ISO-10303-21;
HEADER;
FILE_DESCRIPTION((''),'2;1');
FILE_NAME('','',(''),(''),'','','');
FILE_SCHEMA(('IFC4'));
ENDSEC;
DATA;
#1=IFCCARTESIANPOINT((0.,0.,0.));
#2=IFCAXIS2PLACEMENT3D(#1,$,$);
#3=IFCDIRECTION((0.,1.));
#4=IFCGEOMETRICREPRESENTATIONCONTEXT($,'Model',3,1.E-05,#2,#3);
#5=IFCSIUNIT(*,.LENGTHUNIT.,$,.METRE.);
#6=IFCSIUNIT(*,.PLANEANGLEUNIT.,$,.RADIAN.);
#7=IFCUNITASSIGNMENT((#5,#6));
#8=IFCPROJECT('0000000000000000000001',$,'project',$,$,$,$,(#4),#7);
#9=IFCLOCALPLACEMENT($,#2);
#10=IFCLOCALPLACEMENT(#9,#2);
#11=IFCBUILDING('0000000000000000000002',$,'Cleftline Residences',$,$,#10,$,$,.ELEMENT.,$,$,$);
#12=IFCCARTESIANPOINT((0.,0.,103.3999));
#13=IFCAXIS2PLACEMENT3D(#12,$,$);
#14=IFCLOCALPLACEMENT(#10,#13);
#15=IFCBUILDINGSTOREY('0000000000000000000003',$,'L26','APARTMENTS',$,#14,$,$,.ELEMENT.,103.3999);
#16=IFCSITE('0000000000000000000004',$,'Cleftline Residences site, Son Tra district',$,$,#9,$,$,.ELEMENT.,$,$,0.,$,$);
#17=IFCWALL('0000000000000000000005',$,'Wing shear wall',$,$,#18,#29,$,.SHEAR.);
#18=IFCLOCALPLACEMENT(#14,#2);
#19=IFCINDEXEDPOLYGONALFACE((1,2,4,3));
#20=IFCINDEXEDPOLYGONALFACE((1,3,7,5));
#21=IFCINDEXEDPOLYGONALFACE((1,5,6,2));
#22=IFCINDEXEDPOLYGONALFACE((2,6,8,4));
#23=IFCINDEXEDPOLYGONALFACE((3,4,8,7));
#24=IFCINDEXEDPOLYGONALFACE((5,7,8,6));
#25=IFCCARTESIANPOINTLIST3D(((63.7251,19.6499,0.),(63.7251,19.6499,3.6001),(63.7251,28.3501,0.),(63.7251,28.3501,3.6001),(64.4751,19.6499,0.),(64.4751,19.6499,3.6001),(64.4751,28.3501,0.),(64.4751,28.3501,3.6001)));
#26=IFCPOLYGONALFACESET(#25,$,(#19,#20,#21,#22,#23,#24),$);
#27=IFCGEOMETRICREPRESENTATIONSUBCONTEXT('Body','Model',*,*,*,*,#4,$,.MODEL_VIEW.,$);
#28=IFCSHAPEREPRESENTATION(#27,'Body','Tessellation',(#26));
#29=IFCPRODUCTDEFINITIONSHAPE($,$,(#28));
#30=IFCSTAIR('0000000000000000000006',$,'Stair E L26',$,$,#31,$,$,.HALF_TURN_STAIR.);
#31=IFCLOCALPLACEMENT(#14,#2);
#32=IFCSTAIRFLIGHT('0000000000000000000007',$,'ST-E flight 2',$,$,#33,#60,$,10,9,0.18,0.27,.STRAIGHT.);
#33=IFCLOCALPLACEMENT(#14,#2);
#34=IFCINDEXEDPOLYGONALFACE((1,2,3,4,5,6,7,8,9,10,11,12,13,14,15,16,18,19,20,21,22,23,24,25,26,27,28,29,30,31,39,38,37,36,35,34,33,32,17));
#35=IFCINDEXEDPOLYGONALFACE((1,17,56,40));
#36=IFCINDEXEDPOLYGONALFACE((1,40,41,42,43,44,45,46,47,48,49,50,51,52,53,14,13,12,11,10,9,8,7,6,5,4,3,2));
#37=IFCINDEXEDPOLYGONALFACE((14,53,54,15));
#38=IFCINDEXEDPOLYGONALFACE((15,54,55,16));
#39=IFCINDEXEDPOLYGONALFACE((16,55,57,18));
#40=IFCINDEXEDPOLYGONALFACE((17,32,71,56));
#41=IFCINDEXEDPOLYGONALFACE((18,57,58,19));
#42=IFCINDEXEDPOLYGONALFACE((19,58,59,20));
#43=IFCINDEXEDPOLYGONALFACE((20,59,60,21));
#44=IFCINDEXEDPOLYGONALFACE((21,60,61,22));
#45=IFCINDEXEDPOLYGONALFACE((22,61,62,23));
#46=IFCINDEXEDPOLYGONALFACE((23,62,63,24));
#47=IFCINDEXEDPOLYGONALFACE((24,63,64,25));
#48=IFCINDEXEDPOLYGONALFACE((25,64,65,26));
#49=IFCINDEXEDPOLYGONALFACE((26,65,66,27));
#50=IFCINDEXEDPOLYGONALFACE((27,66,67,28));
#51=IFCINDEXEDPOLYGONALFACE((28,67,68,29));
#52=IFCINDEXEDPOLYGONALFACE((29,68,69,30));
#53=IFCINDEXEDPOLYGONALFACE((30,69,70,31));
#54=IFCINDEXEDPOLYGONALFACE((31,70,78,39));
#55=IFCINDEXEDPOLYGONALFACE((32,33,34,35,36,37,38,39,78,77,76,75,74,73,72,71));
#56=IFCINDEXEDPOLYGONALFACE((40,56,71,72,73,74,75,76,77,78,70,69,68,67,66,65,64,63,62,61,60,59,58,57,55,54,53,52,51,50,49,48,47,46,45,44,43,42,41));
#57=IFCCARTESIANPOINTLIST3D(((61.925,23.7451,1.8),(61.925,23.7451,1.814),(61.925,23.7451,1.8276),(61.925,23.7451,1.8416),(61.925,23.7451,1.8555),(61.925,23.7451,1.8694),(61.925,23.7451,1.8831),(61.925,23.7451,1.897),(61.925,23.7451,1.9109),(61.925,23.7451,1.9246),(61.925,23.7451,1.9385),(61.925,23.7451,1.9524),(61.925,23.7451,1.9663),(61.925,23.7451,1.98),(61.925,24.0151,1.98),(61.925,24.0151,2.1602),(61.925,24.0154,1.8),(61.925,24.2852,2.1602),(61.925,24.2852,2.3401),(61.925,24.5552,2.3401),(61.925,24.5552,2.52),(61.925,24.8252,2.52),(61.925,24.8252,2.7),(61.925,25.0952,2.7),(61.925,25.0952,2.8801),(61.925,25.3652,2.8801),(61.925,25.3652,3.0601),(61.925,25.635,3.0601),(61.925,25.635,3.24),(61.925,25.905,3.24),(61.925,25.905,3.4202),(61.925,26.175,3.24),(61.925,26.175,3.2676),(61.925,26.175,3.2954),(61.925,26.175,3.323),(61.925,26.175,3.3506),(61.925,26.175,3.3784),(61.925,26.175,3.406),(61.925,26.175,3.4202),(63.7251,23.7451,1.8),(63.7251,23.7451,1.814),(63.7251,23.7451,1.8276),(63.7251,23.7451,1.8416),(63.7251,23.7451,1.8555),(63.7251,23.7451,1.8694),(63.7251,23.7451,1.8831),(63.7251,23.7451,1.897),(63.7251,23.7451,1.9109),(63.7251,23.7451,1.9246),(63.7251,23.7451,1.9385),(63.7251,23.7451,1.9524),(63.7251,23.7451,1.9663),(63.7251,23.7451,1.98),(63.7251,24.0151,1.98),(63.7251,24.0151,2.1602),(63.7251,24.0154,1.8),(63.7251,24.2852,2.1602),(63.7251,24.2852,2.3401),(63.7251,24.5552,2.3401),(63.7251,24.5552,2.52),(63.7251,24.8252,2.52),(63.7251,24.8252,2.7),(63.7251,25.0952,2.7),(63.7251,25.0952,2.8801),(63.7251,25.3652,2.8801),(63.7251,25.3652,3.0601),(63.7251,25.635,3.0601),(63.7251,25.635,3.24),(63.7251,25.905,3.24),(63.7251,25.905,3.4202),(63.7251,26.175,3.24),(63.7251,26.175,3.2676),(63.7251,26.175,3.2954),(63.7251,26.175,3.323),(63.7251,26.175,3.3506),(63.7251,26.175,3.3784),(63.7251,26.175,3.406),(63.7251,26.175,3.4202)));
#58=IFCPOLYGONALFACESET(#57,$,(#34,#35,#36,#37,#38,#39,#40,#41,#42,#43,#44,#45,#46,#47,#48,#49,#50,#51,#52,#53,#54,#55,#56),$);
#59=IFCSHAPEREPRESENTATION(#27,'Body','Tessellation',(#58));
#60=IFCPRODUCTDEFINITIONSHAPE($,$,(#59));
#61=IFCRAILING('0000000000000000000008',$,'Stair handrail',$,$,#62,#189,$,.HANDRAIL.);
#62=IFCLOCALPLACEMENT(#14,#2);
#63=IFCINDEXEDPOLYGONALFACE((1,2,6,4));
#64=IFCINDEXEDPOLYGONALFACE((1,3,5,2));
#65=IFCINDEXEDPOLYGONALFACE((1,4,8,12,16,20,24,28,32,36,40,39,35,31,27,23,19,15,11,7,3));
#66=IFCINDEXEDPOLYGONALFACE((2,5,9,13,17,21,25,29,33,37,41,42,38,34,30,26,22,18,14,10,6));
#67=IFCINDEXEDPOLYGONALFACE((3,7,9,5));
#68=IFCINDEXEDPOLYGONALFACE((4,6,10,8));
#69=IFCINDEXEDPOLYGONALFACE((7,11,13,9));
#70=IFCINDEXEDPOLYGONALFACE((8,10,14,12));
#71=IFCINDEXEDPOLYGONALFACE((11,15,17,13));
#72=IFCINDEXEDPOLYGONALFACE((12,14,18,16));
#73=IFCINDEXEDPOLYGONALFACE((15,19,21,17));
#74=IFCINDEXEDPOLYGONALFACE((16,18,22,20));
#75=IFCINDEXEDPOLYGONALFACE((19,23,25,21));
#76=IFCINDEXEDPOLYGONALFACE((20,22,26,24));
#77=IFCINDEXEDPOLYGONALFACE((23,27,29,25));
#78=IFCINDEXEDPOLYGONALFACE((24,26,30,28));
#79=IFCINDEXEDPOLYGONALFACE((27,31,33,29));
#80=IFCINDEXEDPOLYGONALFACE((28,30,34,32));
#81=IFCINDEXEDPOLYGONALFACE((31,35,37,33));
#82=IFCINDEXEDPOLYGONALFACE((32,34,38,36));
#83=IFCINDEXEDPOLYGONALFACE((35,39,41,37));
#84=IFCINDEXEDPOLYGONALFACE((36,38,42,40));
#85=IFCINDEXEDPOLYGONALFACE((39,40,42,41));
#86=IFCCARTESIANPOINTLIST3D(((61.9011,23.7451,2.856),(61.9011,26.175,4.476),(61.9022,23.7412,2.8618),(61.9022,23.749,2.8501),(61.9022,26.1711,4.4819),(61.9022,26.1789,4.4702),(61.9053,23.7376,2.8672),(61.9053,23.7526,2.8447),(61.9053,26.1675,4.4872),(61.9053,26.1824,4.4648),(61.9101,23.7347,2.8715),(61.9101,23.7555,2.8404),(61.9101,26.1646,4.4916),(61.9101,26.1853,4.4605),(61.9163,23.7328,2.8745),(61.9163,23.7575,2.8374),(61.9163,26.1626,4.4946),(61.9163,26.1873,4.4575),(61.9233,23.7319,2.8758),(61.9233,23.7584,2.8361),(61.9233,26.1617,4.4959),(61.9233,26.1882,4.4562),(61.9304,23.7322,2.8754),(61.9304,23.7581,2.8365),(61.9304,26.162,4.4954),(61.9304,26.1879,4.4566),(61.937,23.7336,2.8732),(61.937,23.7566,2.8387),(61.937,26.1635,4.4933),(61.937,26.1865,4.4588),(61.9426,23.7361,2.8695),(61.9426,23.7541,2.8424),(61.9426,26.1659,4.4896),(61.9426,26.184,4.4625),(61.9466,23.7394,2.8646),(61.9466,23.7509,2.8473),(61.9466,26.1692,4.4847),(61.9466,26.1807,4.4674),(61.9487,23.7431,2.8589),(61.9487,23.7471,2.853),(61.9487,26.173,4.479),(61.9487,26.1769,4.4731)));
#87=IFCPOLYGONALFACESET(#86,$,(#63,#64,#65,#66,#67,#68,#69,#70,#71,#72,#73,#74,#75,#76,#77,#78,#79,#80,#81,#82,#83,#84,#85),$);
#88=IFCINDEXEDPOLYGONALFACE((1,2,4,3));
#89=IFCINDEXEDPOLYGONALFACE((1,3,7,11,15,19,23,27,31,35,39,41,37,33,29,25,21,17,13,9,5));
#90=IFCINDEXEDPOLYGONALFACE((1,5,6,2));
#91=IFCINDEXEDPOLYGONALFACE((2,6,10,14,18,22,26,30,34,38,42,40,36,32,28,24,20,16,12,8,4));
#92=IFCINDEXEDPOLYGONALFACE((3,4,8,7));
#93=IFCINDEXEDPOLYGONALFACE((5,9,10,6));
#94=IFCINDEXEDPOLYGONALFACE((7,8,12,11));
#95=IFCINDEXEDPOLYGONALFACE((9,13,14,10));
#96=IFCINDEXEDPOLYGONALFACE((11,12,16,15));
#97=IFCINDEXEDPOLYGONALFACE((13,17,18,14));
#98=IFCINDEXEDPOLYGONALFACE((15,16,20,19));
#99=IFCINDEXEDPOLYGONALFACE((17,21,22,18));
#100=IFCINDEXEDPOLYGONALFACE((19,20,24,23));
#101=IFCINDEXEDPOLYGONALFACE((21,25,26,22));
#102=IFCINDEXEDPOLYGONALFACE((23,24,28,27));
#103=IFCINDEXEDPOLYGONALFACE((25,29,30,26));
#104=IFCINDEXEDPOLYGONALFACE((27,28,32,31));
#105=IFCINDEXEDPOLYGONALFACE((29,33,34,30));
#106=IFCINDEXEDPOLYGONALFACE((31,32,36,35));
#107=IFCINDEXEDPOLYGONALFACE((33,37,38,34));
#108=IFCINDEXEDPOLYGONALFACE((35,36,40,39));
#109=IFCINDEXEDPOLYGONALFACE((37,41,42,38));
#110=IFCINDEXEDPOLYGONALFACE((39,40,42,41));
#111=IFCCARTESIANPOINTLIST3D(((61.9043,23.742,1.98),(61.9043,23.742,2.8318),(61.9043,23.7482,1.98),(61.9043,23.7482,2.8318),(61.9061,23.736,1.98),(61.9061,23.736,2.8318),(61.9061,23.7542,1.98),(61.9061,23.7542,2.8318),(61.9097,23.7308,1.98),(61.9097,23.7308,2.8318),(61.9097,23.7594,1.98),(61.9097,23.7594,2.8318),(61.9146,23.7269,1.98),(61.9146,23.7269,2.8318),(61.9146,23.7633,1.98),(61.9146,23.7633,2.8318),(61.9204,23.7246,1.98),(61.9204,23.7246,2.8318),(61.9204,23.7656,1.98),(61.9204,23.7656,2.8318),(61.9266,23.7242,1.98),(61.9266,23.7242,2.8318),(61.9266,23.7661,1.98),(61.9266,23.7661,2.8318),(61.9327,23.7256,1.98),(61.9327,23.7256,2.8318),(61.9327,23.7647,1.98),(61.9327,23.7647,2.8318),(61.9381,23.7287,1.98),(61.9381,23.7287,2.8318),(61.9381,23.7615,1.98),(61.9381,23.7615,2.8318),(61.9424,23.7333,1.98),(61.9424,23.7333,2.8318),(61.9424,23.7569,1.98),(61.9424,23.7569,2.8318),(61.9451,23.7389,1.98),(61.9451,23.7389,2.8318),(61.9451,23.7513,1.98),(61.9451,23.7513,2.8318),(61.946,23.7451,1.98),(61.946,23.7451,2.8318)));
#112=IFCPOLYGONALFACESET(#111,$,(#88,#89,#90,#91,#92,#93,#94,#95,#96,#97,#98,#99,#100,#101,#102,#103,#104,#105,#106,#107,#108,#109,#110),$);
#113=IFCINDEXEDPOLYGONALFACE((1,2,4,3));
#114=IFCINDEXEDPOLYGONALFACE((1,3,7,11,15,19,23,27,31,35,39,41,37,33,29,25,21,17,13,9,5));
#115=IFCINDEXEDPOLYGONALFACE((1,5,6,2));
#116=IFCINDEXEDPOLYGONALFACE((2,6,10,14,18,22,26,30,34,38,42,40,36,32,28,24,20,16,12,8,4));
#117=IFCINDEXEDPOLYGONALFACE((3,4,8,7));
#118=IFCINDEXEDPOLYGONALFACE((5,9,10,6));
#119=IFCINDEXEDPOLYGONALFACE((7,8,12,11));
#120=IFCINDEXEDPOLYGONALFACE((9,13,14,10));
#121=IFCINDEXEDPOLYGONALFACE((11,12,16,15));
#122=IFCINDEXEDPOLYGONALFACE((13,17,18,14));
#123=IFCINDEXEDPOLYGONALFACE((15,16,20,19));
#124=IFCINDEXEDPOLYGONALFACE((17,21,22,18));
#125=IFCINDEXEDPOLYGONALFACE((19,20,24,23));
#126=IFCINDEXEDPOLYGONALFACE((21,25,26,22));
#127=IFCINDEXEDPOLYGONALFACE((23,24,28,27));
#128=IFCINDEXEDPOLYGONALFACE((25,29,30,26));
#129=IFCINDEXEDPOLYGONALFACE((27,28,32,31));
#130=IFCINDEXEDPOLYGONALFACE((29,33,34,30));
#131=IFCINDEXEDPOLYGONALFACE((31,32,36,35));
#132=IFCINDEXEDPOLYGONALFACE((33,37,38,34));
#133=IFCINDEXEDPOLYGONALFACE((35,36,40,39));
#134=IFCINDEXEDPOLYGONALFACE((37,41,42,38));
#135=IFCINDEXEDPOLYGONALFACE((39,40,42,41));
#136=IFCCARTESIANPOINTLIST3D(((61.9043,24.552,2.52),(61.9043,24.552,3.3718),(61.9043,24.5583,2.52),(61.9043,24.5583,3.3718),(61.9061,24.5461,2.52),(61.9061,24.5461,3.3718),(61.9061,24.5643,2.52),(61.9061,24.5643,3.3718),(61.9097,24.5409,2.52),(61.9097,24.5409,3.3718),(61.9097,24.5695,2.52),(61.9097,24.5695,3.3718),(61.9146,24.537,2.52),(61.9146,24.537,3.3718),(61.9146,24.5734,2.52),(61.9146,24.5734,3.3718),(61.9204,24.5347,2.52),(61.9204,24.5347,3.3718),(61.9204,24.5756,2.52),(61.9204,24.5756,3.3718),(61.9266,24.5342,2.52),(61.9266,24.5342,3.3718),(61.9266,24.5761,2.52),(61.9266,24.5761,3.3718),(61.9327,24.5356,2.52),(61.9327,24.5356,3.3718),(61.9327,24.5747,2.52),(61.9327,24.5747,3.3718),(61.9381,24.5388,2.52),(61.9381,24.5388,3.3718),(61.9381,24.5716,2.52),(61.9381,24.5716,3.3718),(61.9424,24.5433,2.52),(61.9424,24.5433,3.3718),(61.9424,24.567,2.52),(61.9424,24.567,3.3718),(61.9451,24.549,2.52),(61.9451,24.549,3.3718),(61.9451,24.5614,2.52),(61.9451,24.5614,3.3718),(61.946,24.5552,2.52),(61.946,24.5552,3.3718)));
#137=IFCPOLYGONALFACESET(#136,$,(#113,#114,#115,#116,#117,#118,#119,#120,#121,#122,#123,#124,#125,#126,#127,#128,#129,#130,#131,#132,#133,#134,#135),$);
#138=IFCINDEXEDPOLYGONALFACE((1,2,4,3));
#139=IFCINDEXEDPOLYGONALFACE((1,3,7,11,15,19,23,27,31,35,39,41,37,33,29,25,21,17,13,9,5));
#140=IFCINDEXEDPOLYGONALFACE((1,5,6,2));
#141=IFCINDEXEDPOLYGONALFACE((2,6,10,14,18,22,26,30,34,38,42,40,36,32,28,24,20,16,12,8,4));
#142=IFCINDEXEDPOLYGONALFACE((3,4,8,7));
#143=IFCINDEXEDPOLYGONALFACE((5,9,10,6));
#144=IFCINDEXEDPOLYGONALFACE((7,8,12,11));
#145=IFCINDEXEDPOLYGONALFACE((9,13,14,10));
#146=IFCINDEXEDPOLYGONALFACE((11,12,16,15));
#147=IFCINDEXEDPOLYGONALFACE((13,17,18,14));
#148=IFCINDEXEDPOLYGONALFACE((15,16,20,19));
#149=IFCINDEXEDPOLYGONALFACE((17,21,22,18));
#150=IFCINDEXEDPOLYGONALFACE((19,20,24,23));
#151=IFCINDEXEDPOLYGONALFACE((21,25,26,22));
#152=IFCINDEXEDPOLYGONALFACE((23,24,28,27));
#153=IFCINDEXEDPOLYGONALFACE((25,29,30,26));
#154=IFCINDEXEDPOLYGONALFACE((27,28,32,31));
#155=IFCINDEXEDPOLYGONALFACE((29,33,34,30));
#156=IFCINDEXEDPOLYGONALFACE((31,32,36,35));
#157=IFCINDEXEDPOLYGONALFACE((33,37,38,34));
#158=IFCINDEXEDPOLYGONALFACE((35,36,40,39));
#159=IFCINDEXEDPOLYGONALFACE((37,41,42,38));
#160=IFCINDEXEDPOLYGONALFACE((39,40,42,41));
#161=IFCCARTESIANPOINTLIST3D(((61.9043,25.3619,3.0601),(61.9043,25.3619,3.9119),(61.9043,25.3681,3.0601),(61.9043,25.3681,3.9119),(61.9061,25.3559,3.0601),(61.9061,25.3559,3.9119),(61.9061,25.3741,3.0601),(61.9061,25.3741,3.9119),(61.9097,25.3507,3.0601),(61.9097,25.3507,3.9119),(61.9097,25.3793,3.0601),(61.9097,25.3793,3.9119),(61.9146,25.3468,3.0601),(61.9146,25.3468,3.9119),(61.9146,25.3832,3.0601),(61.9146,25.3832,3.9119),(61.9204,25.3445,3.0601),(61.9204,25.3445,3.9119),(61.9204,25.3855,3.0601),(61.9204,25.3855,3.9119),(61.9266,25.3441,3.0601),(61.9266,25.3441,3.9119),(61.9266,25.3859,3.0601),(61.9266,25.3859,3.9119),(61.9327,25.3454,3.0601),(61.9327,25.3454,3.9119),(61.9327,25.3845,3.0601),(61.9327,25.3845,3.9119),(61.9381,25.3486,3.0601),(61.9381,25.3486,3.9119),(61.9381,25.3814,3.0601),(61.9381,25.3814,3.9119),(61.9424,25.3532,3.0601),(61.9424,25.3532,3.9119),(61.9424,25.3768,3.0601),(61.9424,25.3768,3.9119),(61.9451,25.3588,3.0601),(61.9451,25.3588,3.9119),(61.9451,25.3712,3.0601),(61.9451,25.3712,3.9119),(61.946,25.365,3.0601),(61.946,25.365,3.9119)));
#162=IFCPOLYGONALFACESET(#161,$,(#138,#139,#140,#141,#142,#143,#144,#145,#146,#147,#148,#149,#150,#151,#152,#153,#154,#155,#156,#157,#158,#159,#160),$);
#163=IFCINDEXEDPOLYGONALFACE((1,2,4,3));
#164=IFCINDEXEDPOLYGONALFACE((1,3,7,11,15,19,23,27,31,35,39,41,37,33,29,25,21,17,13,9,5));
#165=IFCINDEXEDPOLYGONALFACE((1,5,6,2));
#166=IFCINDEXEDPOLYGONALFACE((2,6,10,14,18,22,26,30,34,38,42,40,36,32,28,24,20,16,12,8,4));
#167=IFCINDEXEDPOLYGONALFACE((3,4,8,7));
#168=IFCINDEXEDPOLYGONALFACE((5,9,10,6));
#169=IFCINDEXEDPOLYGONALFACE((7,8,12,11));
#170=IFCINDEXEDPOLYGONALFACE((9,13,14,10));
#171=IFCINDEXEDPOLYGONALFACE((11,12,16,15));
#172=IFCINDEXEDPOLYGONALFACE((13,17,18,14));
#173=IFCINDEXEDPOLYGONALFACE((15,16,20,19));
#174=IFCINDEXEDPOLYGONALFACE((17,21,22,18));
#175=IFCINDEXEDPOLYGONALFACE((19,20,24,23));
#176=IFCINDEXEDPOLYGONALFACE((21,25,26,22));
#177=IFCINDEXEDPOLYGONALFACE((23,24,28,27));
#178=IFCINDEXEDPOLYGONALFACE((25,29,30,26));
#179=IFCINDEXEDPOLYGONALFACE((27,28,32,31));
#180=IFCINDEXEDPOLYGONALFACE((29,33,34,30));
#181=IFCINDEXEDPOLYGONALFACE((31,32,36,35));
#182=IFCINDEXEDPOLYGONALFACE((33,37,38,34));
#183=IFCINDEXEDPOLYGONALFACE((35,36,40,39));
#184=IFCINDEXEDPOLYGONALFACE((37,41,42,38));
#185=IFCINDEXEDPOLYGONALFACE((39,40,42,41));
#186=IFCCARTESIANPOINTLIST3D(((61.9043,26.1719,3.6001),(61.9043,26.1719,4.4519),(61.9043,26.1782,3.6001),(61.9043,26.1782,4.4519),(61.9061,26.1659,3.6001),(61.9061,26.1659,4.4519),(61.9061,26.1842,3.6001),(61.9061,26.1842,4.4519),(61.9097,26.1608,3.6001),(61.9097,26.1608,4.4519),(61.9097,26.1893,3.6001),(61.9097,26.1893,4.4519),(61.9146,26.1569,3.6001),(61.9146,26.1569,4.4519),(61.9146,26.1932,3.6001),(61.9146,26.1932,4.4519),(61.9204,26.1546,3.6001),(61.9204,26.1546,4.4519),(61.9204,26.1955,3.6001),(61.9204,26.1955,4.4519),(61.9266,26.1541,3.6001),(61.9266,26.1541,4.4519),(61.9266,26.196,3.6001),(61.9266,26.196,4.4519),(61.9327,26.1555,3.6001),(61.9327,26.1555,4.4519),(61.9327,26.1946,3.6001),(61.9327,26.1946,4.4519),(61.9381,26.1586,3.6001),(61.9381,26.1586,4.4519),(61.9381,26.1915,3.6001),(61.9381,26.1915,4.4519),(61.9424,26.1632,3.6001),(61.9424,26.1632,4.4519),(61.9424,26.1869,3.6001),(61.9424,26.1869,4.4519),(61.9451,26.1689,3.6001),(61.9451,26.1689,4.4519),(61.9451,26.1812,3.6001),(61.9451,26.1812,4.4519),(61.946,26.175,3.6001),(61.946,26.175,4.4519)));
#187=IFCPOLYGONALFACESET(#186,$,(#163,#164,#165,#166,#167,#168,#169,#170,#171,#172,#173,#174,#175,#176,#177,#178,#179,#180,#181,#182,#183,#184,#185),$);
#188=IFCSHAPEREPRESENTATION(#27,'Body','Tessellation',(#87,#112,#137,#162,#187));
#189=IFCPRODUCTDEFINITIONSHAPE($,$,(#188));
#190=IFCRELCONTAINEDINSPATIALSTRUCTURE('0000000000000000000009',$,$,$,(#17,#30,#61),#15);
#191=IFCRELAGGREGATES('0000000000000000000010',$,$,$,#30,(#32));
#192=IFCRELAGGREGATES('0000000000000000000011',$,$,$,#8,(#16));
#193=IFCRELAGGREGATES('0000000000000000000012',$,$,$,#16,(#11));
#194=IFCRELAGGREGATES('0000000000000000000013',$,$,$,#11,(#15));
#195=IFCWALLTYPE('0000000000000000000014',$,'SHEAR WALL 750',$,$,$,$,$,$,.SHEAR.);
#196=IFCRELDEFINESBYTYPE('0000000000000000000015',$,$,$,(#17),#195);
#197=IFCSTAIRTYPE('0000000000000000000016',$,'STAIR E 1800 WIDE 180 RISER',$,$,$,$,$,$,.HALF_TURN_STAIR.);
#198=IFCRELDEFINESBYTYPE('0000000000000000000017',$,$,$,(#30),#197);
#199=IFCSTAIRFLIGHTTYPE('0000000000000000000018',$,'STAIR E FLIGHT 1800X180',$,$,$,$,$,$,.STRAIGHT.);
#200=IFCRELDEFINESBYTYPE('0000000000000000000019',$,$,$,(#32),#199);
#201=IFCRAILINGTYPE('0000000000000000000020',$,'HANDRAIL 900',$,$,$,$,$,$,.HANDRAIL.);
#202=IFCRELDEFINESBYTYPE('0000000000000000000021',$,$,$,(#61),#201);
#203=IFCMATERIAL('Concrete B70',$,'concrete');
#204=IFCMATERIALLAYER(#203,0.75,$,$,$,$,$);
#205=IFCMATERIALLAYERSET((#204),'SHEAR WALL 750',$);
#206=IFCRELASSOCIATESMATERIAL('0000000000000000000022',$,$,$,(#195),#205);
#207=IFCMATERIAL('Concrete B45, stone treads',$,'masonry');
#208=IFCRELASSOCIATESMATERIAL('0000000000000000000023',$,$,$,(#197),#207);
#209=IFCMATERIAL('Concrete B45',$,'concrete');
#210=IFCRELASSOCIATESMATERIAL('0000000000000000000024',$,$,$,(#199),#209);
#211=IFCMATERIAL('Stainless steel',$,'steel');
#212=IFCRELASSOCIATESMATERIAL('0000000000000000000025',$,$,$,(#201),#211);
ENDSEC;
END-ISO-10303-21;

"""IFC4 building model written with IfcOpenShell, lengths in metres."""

from ifc_helpers import new_model, si_unit, direction, frame, frame_2d, origin, origin_2d, place, context, subcontext, project, spatial, polyline, rectangle, circle, outline, extrude, material, layer, layer_set, type_object, element, aggregate, save


model = new_model("IFC4")

# Units and contexts
model_context = context("Model", 3, precision=1e-05, world=origin(), true_north=direction((0.0, 1.0)))
body_context = subcontext(model_context, "Body", "Model", "MODEL_VIEW")
ifc_project = project(units=[si_unit("LENGTHUNIT", "METRE"), si_unit("PLANEANGLEUNIT", "RADIAN")], contexts=[model_context])

# Site, building, storey
site_placement = place(None, origin())
site = spatial("IfcSite", under=ifc_project, at=site_placement, Name="Cleftline Residences site, Son Tra district", CompositionType="ELEMENT", RefElevation=0.0)
building_placement = place(site_placement, origin())
building = spatial("IfcBuilding", under=site, at=building_placement, Name="Cleftline Residences", CompositionType="ELEMENT")
storey_placement = place(building_placement, frame((0.0, 0.0, 103.3999)))
storey = spatial("IfcBuildingStorey", under=building, at=storey_placement, Name="L26", Description="APARTMENTS", CompositionType="ELEMENT", Elevation=103.3999)

# Wall
ifc_material_1 = material(Name="Concrete B70", Category="concrete")
ifc_layer_1 = layer(ifc_material_1, 0.75)
ifc_layer_set_1 = layer_set([ifc_layer_1], Name="SHEAR WALL 750")
wall_type_1 = type_object("IfcWallType", Name="SHEAR WALL 750", PredefinedType="SHEAR", material=ifc_layer_set_1)
wall_1_placement = place(storey_placement, frame((64.1001, 19.6499, 0.0), z_axis=(0.0, 0.0, 1.0), x_axis=(0.0, 1.0, 0.0)))
element("IfcWall", 1, at=wall_1_placement, inside=storey, type_object=wall_type_1, Name="Wing shear wall", PredefinedType="SHEAR", context=body_context, shape_type="SweptSolid", body=[
    extrude(rectangle(XDim=8.7002, YDim=0.75, at=frame_2d((4.3501, 0.0))), origin(), (0.0, 0.0, 1.0), 3.6001),
])

# Stair, stair flight
ifc_material_2 = material(Name="Concrete B45, stone treads", Category="masonry")
stair_type = type_object("IfcStairType", Name="STAIR E 1800 WIDE 180 RISER", PredefinedType="HALF_TURN_STAIR", material=ifc_material_2)
stair_placement = place(storey_placement, origin())
stair = element("IfcStair", 2, at=stair_placement, inside=storey, type_object=stair_type, Name="Stair E L26", PredefinedType="HALF_TURN_STAIR")
ifc_material_3 = material(Name="Concrete B45", Category="concrete")
stair_flight_type = type_object("IfcStairFlightType", Name="STAIR E FLIGHT 1800X180", PredefinedType="STRAIGHT", material=ifc_material_3)
stair_flight_placement = place(storey_placement, frame((62.825, 23.7451, 1.8), z_axis=(0.0, 0.0, 1.0), x_axis=(0.0, 1.0, 0.0)))
stair_flight = element("IfcStairFlight", 3, at=stair_flight_placement, type_object=stair_flight_type, Name="ST-E flight 2", NumberOfRisers=10, NumberOfTreads=9, PredefinedType="STRAIGHT", RiserHeight=0.18, TreadLength=0.27, context=body_context, shape_type="SweptSolid", body=[
    extrude(outline(polyline([(0.0, 0.0), (0.0, 0.0139), (0.0, 0.0276), (0.0, 0.0415), (0.0, 0.0554), (0.0, 0.0693), (0.0, 0.083), (0.0, 0.0969), (0.0, 0.1108), (0.0, 0.1245), (0.0, 0.1384), (0.0, 0.1523), (0.0, 0.1663), (0.0, 0.1799), (0.27, 0.1799), (0.27, 0.3601), (0.54, 0.3601), (0.54, 0.54), (0.8101, 0.54), (0.8101, 0.72), (1.0801, 0.72), (1.0801, 0.8999), (1.3501, 0.8999), (1.3501, 1.0801), (1.6201, 1.0801), (1.6201, 1.26), (1.8899, 1.26), (1.8899, 1.4399), (2.1599, 1.4399), (2.1599, 1.6201), (2.4299, 1.6201), (2.4299, 1.8), (2.4299, 1.7722), (2.4299, 1.7446), (2.4299, 1.7168), (2.4299, 1.6892), (2.4299, 1.6614), (2.4299, 1.6338), (2.4299, 1.606), (2.4299, 1.5784), (2.4299, 1.5505), (2.4299, 1.5229), (2.4299, 1.4954), (2.4299, 1.4675), (2.4299, 1.4399), (0.2703, 0.0), (0.0, 0.0)])), frame((0.0, 0.8999, 0.0), z_axis=(0.0, -1.0, 0.0), x_axis=(1.0, 0.0, 0.0)), (0.0, 0.0, 1.0), 1.8),
])
aggregate(stair, [stair_flight])

# Railing
ifc_material_4 = material(Name="Stainless steel", Category="steel")
railing_type = type_object("IfcRailingType", Name="HANDRAIL 900", PredefinedType="HANDRAIL", material=ifc_material_4)
railing_placement = place(storey_placement, frame((61.925, 23.7451, 1.98)))
element("IfcRailing", 4, at=railing_placement, inside=storey, type_object=railing_type, Name="Stair handrail", PredefinedType="HANDRAIL", context=body_context, shape_type="SweptSolid", body=[
    extrude(circle(Radius=0.0239, at=origin_2d()), frame((0.0, 0.0, 0.876), z_axis=(0.0, 0.832025, 0.554739), x_axis=(-1.0, 0.0, 0.0)), (0.0, 0.0, 1.0), 2.9204),
    extrude(circle(Radius=0.021, at=origin_2d()), origin(), (0.0, 0.0, 1.0), 0.8518),
    extrude(circle(Radius=0.021, at=origin_2d()), frame((0.0, 0.8101, 0.54)), (0.0, 0.0, 1.0), 0.8518),
    extrude(circle(Radius=0.021, at=origin_2d()), frame((0.0, 1.6199, 1.0801)), (0.0, 0.0, 1.0), 0.8518),
    extrude(circle(Radius=0.021, at=origin_2d()), frame((0.0, 2.4299, 1.6201)), (0.0, 0.0, 1.0), 0.8518),
])

save(model, "model.ifc")
